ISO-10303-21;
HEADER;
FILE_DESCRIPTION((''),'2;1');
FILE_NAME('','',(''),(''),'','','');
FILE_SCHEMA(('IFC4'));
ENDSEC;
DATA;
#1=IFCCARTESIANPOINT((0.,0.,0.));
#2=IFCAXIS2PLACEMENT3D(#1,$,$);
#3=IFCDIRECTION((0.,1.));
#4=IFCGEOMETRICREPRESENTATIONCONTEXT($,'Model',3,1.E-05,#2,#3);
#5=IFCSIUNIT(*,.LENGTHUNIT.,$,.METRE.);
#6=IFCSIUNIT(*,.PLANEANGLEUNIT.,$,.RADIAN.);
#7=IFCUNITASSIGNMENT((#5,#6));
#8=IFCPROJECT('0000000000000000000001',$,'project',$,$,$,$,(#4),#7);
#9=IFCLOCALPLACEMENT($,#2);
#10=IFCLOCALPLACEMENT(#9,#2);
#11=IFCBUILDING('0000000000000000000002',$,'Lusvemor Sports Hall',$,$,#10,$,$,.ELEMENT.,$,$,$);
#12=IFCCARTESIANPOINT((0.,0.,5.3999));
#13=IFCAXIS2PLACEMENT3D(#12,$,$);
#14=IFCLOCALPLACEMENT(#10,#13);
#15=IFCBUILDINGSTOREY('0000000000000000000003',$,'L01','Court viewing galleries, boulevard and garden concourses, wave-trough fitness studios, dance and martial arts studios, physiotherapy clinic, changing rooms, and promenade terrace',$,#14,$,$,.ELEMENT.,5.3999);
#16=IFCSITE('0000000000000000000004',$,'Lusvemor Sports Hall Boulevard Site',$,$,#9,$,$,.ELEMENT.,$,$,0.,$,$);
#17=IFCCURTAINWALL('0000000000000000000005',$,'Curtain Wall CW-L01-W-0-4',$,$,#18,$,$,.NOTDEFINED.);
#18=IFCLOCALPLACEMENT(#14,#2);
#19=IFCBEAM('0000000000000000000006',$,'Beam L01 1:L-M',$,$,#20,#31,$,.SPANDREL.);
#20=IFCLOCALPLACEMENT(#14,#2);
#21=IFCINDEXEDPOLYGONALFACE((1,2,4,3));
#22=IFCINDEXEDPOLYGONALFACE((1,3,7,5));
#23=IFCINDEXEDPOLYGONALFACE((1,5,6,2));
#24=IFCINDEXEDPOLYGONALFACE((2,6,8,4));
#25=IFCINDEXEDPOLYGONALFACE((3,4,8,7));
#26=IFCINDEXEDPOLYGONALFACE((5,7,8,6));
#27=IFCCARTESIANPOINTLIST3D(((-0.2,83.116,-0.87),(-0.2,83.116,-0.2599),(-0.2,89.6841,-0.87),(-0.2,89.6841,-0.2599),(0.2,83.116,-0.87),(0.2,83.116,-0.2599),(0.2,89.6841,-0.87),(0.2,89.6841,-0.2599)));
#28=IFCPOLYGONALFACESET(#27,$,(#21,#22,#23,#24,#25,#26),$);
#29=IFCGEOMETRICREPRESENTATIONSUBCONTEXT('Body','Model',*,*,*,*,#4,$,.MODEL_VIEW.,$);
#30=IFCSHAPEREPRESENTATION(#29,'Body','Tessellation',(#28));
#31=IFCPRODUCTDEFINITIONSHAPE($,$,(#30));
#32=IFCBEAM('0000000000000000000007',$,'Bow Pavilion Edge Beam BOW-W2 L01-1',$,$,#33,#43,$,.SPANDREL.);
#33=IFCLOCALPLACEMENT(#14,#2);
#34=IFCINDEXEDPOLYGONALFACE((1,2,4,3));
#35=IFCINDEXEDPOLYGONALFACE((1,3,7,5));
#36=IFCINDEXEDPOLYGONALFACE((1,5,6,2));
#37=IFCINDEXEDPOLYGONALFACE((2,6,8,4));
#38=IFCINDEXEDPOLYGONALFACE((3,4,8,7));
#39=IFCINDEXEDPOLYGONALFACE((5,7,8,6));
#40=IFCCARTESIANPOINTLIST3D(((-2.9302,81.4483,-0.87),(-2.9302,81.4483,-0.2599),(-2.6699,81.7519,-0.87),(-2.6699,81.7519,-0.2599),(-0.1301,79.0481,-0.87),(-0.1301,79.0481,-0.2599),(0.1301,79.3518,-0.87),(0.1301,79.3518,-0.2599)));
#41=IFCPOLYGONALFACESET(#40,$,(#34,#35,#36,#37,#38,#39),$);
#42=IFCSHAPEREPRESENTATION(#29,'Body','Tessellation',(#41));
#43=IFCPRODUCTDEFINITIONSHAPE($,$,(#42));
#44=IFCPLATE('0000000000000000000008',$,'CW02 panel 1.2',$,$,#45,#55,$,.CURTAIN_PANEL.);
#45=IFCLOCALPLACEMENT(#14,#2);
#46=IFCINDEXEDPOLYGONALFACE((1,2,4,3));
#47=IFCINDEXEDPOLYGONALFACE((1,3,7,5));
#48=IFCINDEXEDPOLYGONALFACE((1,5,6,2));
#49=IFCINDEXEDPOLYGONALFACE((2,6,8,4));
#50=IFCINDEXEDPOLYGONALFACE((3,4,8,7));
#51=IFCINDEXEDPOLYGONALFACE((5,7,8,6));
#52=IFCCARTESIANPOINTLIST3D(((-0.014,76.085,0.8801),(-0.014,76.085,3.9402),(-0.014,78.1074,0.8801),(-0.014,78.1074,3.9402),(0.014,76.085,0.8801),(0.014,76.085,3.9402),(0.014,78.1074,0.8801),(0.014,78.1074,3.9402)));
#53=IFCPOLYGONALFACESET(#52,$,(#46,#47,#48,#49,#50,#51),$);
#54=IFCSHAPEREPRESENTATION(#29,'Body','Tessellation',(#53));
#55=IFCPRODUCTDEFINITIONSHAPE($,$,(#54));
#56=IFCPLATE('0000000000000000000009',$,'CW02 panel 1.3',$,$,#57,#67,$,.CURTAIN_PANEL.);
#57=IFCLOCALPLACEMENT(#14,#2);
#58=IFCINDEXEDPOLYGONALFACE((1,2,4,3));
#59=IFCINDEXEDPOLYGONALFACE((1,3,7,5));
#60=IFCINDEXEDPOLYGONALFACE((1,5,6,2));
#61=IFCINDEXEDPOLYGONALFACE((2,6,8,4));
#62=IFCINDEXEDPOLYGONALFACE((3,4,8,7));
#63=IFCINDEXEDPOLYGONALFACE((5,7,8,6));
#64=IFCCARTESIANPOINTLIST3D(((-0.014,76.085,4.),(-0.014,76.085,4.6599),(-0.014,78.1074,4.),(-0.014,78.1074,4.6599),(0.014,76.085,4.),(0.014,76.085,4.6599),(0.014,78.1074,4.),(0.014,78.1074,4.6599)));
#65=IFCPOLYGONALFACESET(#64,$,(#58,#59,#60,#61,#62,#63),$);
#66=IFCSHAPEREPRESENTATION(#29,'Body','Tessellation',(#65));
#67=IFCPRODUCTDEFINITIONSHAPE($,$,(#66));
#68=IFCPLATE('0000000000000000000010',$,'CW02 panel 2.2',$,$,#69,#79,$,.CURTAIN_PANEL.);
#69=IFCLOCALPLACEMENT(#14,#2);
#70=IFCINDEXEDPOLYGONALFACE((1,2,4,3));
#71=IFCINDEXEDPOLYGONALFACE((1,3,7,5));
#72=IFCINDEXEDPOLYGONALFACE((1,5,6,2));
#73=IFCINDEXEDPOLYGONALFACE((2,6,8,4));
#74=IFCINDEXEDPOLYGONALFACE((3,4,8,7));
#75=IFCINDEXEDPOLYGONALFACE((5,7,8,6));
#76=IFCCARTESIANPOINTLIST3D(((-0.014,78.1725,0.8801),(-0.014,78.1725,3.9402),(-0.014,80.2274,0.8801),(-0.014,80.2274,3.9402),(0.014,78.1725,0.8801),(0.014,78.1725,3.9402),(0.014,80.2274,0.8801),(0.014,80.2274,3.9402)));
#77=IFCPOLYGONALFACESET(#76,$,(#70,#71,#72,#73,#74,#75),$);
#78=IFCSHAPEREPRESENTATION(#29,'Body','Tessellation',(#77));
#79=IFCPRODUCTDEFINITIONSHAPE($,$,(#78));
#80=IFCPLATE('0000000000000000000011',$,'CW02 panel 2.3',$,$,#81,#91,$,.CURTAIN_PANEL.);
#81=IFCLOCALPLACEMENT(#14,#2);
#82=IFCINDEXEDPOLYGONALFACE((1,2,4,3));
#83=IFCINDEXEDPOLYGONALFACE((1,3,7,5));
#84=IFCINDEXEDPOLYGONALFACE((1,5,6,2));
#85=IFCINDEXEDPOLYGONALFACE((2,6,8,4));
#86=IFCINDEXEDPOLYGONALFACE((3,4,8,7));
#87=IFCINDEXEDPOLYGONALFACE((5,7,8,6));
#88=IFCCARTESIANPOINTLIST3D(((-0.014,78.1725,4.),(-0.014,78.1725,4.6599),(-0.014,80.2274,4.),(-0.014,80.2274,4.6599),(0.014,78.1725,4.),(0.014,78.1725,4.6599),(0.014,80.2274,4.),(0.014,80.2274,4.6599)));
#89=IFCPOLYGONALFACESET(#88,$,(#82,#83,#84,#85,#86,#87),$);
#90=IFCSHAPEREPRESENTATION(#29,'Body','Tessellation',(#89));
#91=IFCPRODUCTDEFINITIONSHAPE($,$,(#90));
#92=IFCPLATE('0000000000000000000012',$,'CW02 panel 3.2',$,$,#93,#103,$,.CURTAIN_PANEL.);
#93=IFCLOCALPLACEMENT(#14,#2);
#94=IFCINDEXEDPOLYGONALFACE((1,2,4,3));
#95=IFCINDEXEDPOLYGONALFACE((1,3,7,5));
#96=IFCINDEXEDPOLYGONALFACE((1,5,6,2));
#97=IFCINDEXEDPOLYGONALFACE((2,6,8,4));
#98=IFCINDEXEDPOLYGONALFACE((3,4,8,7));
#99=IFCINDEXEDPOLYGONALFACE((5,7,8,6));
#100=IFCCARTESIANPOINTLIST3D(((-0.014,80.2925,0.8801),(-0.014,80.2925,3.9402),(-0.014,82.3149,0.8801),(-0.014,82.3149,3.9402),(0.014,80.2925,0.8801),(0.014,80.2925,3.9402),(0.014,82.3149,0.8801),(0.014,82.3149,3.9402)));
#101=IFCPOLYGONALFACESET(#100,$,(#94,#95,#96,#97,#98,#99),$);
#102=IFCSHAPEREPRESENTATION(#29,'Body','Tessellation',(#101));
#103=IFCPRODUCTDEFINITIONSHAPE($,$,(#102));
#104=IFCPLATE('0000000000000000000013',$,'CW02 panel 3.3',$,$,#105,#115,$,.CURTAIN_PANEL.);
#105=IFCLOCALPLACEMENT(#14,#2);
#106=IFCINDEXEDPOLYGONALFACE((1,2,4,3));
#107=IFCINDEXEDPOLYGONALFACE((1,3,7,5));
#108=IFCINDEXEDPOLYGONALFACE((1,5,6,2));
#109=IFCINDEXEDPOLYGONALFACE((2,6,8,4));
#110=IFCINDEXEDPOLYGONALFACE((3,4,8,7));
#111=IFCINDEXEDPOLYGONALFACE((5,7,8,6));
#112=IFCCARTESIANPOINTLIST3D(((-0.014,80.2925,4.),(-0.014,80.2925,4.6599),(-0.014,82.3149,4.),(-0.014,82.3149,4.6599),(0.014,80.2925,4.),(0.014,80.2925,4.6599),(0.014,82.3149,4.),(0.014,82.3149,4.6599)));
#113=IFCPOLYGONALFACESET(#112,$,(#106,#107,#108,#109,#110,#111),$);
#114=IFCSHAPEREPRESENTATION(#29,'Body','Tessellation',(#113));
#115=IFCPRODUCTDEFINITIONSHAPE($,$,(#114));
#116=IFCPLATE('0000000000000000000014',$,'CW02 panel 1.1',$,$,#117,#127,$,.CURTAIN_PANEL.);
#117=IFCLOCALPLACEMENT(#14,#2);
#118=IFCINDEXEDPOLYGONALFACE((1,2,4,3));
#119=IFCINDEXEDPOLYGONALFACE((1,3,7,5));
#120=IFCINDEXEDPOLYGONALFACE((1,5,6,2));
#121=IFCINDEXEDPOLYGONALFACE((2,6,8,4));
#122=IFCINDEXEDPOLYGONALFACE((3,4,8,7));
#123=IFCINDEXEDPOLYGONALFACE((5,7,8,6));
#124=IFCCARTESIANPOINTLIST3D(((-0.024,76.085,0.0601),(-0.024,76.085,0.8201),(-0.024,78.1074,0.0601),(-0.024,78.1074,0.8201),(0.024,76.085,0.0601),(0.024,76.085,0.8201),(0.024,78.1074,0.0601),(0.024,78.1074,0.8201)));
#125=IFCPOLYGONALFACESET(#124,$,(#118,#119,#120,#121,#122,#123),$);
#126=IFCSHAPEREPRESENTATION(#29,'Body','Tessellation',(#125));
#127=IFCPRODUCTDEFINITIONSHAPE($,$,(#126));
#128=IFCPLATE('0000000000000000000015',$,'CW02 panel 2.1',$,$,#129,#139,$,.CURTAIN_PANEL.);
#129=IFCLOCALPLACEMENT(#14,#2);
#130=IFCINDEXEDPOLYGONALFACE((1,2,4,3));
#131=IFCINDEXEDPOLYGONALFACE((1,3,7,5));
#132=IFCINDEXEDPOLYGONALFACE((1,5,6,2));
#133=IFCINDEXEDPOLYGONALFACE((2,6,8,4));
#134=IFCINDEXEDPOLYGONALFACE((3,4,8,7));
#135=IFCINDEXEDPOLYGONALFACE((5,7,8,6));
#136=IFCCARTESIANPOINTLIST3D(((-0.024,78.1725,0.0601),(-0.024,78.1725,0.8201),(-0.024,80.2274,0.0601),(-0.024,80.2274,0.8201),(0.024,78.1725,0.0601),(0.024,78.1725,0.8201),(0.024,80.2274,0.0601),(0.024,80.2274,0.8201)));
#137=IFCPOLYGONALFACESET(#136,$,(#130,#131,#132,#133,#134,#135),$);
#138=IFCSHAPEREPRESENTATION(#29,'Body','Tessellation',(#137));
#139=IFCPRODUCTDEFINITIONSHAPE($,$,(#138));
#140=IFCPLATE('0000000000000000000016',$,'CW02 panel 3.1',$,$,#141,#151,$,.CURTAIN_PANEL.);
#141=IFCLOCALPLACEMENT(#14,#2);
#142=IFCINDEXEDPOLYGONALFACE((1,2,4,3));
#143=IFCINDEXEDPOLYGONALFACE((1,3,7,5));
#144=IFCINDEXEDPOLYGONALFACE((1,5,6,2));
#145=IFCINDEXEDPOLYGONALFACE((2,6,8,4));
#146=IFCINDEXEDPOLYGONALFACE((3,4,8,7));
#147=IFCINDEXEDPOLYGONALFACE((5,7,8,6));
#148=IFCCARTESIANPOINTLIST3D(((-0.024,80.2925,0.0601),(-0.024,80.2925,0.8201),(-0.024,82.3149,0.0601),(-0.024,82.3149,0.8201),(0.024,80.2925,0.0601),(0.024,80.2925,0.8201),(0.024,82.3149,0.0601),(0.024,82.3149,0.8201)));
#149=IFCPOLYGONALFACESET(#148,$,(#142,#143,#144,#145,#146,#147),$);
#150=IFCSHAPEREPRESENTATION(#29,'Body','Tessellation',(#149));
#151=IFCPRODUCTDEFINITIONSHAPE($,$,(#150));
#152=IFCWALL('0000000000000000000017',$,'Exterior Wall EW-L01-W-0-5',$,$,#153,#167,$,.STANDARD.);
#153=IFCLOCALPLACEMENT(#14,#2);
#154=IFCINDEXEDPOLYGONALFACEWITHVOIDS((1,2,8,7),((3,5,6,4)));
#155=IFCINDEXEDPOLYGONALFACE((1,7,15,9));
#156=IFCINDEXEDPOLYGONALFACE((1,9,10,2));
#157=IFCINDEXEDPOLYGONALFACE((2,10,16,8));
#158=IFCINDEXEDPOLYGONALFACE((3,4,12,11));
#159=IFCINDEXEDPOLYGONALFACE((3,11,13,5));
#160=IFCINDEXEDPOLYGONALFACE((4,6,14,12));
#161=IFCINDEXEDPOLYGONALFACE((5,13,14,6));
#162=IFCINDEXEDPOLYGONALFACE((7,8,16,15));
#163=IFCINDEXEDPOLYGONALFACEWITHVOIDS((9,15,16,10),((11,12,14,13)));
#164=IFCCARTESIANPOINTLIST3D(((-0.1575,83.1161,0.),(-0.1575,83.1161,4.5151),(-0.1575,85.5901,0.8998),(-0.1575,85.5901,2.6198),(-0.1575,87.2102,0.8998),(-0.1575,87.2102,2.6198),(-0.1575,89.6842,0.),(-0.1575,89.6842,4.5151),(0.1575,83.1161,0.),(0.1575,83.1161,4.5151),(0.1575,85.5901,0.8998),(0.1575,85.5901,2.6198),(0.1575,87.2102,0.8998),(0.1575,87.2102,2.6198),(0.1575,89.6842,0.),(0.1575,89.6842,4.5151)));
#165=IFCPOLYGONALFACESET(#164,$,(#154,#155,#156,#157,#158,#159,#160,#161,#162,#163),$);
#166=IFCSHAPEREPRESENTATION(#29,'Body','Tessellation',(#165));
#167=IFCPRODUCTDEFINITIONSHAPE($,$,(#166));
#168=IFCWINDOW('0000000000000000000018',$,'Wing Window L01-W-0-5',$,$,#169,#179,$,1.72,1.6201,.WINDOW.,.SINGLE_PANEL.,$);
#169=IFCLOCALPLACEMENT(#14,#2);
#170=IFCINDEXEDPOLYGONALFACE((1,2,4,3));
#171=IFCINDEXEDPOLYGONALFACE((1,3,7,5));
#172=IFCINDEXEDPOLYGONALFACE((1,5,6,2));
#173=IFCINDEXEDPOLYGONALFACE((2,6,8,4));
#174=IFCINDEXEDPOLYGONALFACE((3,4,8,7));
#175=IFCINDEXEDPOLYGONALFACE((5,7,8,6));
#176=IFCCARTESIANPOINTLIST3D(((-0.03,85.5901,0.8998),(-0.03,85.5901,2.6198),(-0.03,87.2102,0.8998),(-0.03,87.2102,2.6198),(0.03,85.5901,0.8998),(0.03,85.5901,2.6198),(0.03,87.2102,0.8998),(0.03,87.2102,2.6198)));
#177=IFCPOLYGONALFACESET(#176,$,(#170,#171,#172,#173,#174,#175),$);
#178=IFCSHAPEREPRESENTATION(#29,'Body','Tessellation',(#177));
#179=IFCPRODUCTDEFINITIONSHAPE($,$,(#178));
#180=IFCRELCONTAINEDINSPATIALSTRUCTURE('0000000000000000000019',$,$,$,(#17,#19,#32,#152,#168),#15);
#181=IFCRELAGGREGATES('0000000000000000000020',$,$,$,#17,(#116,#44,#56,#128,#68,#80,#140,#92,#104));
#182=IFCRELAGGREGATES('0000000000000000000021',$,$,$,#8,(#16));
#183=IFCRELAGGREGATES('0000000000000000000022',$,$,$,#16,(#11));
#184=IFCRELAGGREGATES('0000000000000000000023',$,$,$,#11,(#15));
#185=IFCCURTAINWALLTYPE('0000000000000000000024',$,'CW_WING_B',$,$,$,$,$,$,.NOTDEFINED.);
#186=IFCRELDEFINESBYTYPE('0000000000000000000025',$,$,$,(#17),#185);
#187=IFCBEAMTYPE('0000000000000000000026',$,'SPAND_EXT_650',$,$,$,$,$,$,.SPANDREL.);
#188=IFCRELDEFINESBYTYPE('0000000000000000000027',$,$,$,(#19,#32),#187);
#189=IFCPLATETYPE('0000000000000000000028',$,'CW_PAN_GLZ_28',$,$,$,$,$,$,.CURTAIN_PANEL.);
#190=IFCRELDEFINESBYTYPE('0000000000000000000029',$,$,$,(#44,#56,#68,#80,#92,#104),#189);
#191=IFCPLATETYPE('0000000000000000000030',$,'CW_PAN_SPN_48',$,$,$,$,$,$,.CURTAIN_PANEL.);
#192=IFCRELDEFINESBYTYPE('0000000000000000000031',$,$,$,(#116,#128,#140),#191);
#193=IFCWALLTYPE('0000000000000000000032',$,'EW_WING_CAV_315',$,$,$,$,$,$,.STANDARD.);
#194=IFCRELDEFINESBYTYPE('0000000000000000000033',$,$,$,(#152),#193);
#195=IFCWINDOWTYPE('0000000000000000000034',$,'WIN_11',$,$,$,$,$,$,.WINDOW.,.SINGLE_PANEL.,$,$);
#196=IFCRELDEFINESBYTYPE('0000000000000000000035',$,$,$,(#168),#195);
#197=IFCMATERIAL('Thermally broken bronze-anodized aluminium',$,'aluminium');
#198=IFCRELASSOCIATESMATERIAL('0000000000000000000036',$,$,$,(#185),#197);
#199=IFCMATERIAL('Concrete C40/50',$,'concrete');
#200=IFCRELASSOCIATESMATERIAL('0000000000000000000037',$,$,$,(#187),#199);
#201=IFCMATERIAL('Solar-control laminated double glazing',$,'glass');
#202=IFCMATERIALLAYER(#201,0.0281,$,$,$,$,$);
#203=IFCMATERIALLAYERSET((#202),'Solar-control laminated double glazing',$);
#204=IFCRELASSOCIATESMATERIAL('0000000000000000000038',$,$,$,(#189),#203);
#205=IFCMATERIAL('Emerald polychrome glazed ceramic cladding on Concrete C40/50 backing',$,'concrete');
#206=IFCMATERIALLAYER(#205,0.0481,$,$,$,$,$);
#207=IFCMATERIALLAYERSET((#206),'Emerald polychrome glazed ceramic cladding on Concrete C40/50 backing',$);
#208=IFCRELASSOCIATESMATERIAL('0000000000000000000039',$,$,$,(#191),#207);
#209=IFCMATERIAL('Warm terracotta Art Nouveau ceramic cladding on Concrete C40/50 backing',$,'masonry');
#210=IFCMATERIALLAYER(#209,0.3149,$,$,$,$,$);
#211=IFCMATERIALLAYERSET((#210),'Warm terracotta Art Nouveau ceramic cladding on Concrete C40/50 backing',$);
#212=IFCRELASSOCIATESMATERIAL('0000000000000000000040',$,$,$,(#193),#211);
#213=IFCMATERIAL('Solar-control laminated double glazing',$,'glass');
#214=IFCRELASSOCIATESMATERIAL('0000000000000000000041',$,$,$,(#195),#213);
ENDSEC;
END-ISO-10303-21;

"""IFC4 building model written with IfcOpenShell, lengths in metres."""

from ifc_helpers import new_model, si_unit, direction, frame, frame_2d, origin, origin_2d, place, context, subcontext, project, spatial, rectangle, extrude, material, layer, layer_set, material_profile, profile_set, type_object, element, fill, aggregate, save


model = new_model("IFC4")

# Units and contexts
model_context = context("Model", 3, precision=1e-05, world=origin(), true_north=direction((0.0, 1.0)))
body_context = subcontext(model_context, "Body", "Model", "MODEL_VIEW")
ifc_project = project(units=[si_unit("LENGTHUNIT", "METRE"), si_unit("PLANEANGLEUNIT", "RADIAN")], contexts=[model_context])

# Site, building, storey
site_placement = place(None, origin())
site = spatial("IfcSite", under=ifc_project, at=site_placement, Name="Lusvemor Sports Hall Boulevard Site", CompositionType="ELEMENT", RefElevation=0.0)
building_placement = place(site_placement, origin())
building = spatial("IfcBuilding", under=site, at=building_placement, Name="Lusvemor Sports Hall", CompositionType="ELEMENT")
storey_placement = place(building_placement, frame((0.0, 0.0, 5.3999)))
storey = spatial("IfcBuildingStorey", under=building, at=storey_placement, Name="L01", Description="Court viewing galleries, boulevard and garden concourses, wave-trough fitness studios, dance and martial arts studios, physiotherapy clinic, changing rooms, and promenade terrace", CompositionType="ELEMENT", Elevation=5.3999)

# Curtain wall
ifc_material_1 = material(Name="Thermally broken bronze-anodized aluminium", Category="aluminium")
curtain_wall_type = type_object("IfcCurtainWallType", Name="CW_WING_B", PredefinedType="NOTDEFINED", material=ifc_material_1)
curtain_wall_placement = place(storey_placement, origin())
curtain_wall = element("IfcCurtainWall", 1, at=curtain_wall_placement, inside=storey, type_object=curtain_wall_type, Name="Curtain Wall CW-L01-W-0-4", PredefinedType="NOTDEFINED")

# Beams
ifc_material_2 = material(Name="Concrete C40/50", Category="concrete")
ifc_material_profile_1 = material_profile(ifc_material_2, rectangle(XDim=0.3999, YDim=0.6101, at=origin_2d()), Name="RC400x610")
ifc_profile_set_1 = profile_set([ifc_material_profile_1], Name="Concrete C40/50")
beam_type_1 = type_object("IfcBeamType", Name="SPAND_EXT_650", PredefinedType="SPANDREL", material=ifc_profile_set_1)
beam_1_placement = place(storey_placement, frame((0.0, 83.116, -0.5649), z_axis=(0.0, 1.0, 0.0), x_axis=(-1.0, 0.0, 0.0)))
element("IfcBeam", 2, at=beam_1_placement, inside=storey, type_object=beam_type_1, Name="Beam L01 1:L-M", PredefinedType="SPANDREL", context=body_context, shape_type="SweptSolid", body=[
    extrude(rectangle(XDim=0.3999, YDim=0.6101, at=origin_2d()), origin(), (0.0, 0.0, 1.0), 6.5681),
])
beam_2_placement = place(storey_placement, frame((0.0, 79.2, -0.5649), z_axis=(-0.759243, 0.650808, 0.0), x_axis=(-0.650808, -0.759243, 0.0)))
element("IfcBeam", 3, at=beam_2_placement, inside=storey, type_object=beam_type_1, Name="Bow Pavilion Edge Beam BOW-W2 L01-1", PredefinedType="SPANDREL", context=body_context, shape_type="SweptSolid", body=[
    extrude(rectangle(XDim=0.3999, YDim=0.6101, at=origin_2d()), origin(), (0.0, 0.0, 1.0), 3.688),
])

# Plates
ifc_material_3 = material(Name="Solar-control laminated double glazing", Category="glass")
ifc_layer_1 = layer(ifc_material_3, 0.0281)
ifc_layer_set_1 = layer_set([ifc_layer_1], Name="Solar-control laminated double glazing")
plate_type_1 = type_object("IfcPlateType", Name="CW_PAN_GLZ_28", PredefinedType="CURTAIN_PANEL", material=ifc_layer_set_1)
plate_1_placement = place(storey_placement, frame((0.0, 77.0962, 0.8801), z_axis=(0.0, 0.0, 1.0), x_axis=(0.0, 1.0, 0.0)))
plate_1 = element("IfcPlate", 4, at=plate_1_placement, type_object=plate_type_1, Name="CW02 panel 1.2", PredefinedType="CURTAIN_PANEL", context=body_context, shape_type="SweptSolid", body=[
    extrude(rectangle(XDim=2.0225, YDim=0.0281, at=origin_2d()), origin(), (0.0, 0.0, 1.0), 3.0601),
])
plate_2_placement = place(storey_placement, frame((0.0, 77.0962, 4.0), z_axis=(0.0, 0.0, 1.0), x_axis=(0.0, 1.0, 0.0)))
plate_2 = element("IfcPlate", 5, at=plate_2_placement, type_object=plate_type_1, Name="CW02 panel 1.3", PredefinedType="CURTAIN_PANEL", context=body_context, shape_type="SweptSolid", body=[
    extrude(rectangle(XDim=2.0225, YDim=0.0281, at=origin_2d()), origin(), (0.0, 0.0, 1.0), 0.6599),
])
plate_3_placement = place(storey_placement, frame((0.0, 79.2, 0.8801), z_axis=(0.0, 0.0, 1.0), x_axis=(0.0, 1.0, 0.0)))
plate_3 = element("IfcPlate", 6, at=plate_3_placement, type_object=plate_type_1, Name="CW02 panel 2.2", PredefinedType="CURTAIN_PANEL", context=body_context, shape_type="SweptSolid", body=[
    extrude(rectangle(XDim=2.0549, YDim=0.0281, at=origin_2d()), origin(), (0.0, 0.0, 1.0), 3.0601),
])
plate_4_placement = place(storey_placement, frame((0.0, 79.2, 4.0), z_axis=(0.0, 0.0, 1.0), x_axis=(0.0, 1.0, 0.0)))
plate_4 = element("IfcPlate", 7, at=plate_4_placement, type_object=plate_type_1, Name="CW02 panel 2.3", PredefinedType="CURTAIN_PANEL", context=body_context, shape_type="SweptSolid", body=[
    extrude(rectangle(XDim=2.0549, YDim=0.0281, at=origin_2d()), origin(), (0.0, 0.0, 1.0), 0.6599),
])
plate_5_placement = place(storey_placement, frame((0.0, 81.3037, 0.8801), z_axis=(0.0, 0.0, 1.0), x_axis=(0.0, 1.0, 0.0)))
plate_5 = element("IfcPlate", 8, at=plate_5_placement, type_object=plate_type_1, Name="CW02 panel 3.2", PredefinedType="CURTAIN_PANEL", context=body_context, shape_type="SweptSolid", body=[
    extrude(rectangle(XDim=2.0225, YDim=0.0281, at=origin_2d()), origin(), (0.0, 0.0, 1.0), 3.0601),
])
plate_6_placement = place(storey_placement, frame((0.0, 81.3037, 4.0), z_axis=(0.0, 0.0, 1.0), x_axis=(0.0, 1.0, 0.0)))
plate_6 = element("IfcPlate", 9, at=plate_6_placement, type_object=plate_type_1, Name="CW02 panel 3.3", PredefinedType="CURTAIN_PANEL", context=body_context, shape_type="SweptSolid", body=[
    extrude(rectangle(XDim=2.0225, YDim=0.0281, at=origin_2d()), origin(), (0.0, 0.0, 1.0), 0.6599),
])
ifc_material_4 = material(Name="Emerald polychrome glazed ceramic cladding on Concrete C40/50 backing", Category="concrete")
ifc_layer_2 = layer(ifc_material_4, 0.0481)
ifc_layer_set_2 = layer_set([ifc_layer_2], Name="Emerald polychrome glazed ceramic cladding on Concrete C40/50 backing")
plate_type_2 = type_object("IfcPlateType", Name="CW_PAN_SPN_48", PredefinedType="CURTAIN_PANEL", material=ifc_layer_set_2)
plate_7_placement = place(storey_placement, frame((0.0, 77.0962, 0.0601), z_axis=(0.0, 0.0, 1.0), x_axis=(0.0, 1.0, 0.0)))
plate_7 = element("IfcPlate", 10, at=plate_7_placement, type_object=plate_type_2, Name="CW02 panel 1.1", PredefinedType="CURTAIN_PANEL", context=body_context, shape_type="SweptSolid", body=[
    extrude(rectangle(XDim=2.0225, YDim=0.0481, at=origin_2d()), origin(), (0.0, 0.0, 1.0), 0.76),
])
plate_8_placement = place(storey_placement, frame((0.0, 79.2, 0.0601), z_axis=(0.0, 0.0, 1.0), x_axis=(0.0, 1.0, 0.0)))
plate_8 = element("IfcPlate", 11, at=plate_8_placement, type_object=plate_type_2, Name="CW02 panel 2.1", PredefinedType="CURTAIN_PANEL", context=body_context, shape_type="SweptSolid", body=[
    extrude(rectangle(XDim=2.0549, YDim=0.0481, at=origin_2d()), origin(), (0.0, 0.0, 1.0), 0.76),
])
plate_9_placement = place(storey_placement, frame((0.0, 81.3037, 0.0601), z_axis=(0.0, 0.0, 1.0), x_axis=(0.0, 1.0, 0.0)))
plate_9 = element("IfcPlate", 12, at=plate_9_placement, type_object=plate_type_2, Name="CW02 panel 3.1", PredefinedType="CURTAIN_PANEL", context=body_context, shape_type="SweptSolid", body=[
    extrude(rectangle(XDim=2.0225, YDim=0.0481, at=origin_2d()), origin(), (0.0, 0.0, 1.0), 0.76),
])
aggregate(curtain_wall, [plate_7, plate_1, plate_2, plate_8, plate_3, plate_4, plate_9, plate_5, plate_6])

# Wall, opening, window
ifc_material_5 = material(Name="Warm terracotta Art Nouveau ceramic cladding on Concrete C40/50 backing", Category="masonry")
ifc_layer_3 = layer(ifc_material_5, 0.3149)
ifc_layer_set_3 = layer_set([ifc_layer_3], Name="Warm terracotta Art Nouveau ceramic cladding on Concrete C40/50 backing")
wall_type = type_object("IfcWallType", Name="EW_WING_CAV_315", PredefinedType="STANDARD", material=ifc_layer_set_3)
wall_placement = place(storey_placement, frame((0.0, 83.116, 0.0), z_axis=(0.0, 0.0, 1.0), x_axis=(0.0, 1.0, 0.0)))
wall = element("IfcWall", 13, at=wall_placement, inside=storey, type_object=wall_type, Name="Exterior Wall EW-L01-W-0-5", PredefinedType="STANDARD", context=body_context, shape_type="SweptSolid", body=[
    extrude(rectangle(XDim=6.5681, YDim=0.3149, at=frame_2d((3.2842, 0.0))), origin(), (0.0, 0.0, 1.0), 4.5151),
])
opening_placement = place(wall_placement, frame((2.4741, 0.0, 0.8999)))
opening = element("IfcOpeningElement", 14, at=opening_placement, cuts=wall, PredefinedType="OPENING", context=body_context, shape_type="SweptSolid", body=[
    extrude(rectangle(XDim=1.6201, YDim=1.72, at=frame_2d((0.8101, 0.8599))), frame((0.0, 0.1575, 0.0), z_axis=(0.0, -1.0, 0.0), x_axis=(1.0, 0.0, 0.0)), (0.0, 0.0, 1.0), 0.3149),
])
ifc_material_6 = material(Name="Solar-control laminated double glazing", Category="glass")
window_type = type_object("IfcWindowType", Name="WIN_11", PartitioningType="SINGLE_PANEL", PredefinedType="WINDOW", material=ifc_material_6)
window_placement = place(opening_placement, origin())
window = element("IfcWindow", 15, at=window_placement, inside=storey, type_object=window_type, Name="Wing Window L01-W-0-5", OverallHeight=1.72, OverallWidth=1.6201, PartitioningType="SINGLE_PANEL", PredefinedType="WINDOW", context=body_context, shape_type="SweptSolid", body=[
    extrude(rectangle(XDim=1.6201, YDim=1.72, at=frame_2d((0.8101, 0.8599))), frame((0.0, 0.03, 0.0), z_axis=(0.0, -1.0, 0.0), x_axis=(1.0, 0.0, 0.0)), (0.0, 0.0, 1.0), 0.0601),
])
fill(opening, window)

save(model, "model.ifc")
